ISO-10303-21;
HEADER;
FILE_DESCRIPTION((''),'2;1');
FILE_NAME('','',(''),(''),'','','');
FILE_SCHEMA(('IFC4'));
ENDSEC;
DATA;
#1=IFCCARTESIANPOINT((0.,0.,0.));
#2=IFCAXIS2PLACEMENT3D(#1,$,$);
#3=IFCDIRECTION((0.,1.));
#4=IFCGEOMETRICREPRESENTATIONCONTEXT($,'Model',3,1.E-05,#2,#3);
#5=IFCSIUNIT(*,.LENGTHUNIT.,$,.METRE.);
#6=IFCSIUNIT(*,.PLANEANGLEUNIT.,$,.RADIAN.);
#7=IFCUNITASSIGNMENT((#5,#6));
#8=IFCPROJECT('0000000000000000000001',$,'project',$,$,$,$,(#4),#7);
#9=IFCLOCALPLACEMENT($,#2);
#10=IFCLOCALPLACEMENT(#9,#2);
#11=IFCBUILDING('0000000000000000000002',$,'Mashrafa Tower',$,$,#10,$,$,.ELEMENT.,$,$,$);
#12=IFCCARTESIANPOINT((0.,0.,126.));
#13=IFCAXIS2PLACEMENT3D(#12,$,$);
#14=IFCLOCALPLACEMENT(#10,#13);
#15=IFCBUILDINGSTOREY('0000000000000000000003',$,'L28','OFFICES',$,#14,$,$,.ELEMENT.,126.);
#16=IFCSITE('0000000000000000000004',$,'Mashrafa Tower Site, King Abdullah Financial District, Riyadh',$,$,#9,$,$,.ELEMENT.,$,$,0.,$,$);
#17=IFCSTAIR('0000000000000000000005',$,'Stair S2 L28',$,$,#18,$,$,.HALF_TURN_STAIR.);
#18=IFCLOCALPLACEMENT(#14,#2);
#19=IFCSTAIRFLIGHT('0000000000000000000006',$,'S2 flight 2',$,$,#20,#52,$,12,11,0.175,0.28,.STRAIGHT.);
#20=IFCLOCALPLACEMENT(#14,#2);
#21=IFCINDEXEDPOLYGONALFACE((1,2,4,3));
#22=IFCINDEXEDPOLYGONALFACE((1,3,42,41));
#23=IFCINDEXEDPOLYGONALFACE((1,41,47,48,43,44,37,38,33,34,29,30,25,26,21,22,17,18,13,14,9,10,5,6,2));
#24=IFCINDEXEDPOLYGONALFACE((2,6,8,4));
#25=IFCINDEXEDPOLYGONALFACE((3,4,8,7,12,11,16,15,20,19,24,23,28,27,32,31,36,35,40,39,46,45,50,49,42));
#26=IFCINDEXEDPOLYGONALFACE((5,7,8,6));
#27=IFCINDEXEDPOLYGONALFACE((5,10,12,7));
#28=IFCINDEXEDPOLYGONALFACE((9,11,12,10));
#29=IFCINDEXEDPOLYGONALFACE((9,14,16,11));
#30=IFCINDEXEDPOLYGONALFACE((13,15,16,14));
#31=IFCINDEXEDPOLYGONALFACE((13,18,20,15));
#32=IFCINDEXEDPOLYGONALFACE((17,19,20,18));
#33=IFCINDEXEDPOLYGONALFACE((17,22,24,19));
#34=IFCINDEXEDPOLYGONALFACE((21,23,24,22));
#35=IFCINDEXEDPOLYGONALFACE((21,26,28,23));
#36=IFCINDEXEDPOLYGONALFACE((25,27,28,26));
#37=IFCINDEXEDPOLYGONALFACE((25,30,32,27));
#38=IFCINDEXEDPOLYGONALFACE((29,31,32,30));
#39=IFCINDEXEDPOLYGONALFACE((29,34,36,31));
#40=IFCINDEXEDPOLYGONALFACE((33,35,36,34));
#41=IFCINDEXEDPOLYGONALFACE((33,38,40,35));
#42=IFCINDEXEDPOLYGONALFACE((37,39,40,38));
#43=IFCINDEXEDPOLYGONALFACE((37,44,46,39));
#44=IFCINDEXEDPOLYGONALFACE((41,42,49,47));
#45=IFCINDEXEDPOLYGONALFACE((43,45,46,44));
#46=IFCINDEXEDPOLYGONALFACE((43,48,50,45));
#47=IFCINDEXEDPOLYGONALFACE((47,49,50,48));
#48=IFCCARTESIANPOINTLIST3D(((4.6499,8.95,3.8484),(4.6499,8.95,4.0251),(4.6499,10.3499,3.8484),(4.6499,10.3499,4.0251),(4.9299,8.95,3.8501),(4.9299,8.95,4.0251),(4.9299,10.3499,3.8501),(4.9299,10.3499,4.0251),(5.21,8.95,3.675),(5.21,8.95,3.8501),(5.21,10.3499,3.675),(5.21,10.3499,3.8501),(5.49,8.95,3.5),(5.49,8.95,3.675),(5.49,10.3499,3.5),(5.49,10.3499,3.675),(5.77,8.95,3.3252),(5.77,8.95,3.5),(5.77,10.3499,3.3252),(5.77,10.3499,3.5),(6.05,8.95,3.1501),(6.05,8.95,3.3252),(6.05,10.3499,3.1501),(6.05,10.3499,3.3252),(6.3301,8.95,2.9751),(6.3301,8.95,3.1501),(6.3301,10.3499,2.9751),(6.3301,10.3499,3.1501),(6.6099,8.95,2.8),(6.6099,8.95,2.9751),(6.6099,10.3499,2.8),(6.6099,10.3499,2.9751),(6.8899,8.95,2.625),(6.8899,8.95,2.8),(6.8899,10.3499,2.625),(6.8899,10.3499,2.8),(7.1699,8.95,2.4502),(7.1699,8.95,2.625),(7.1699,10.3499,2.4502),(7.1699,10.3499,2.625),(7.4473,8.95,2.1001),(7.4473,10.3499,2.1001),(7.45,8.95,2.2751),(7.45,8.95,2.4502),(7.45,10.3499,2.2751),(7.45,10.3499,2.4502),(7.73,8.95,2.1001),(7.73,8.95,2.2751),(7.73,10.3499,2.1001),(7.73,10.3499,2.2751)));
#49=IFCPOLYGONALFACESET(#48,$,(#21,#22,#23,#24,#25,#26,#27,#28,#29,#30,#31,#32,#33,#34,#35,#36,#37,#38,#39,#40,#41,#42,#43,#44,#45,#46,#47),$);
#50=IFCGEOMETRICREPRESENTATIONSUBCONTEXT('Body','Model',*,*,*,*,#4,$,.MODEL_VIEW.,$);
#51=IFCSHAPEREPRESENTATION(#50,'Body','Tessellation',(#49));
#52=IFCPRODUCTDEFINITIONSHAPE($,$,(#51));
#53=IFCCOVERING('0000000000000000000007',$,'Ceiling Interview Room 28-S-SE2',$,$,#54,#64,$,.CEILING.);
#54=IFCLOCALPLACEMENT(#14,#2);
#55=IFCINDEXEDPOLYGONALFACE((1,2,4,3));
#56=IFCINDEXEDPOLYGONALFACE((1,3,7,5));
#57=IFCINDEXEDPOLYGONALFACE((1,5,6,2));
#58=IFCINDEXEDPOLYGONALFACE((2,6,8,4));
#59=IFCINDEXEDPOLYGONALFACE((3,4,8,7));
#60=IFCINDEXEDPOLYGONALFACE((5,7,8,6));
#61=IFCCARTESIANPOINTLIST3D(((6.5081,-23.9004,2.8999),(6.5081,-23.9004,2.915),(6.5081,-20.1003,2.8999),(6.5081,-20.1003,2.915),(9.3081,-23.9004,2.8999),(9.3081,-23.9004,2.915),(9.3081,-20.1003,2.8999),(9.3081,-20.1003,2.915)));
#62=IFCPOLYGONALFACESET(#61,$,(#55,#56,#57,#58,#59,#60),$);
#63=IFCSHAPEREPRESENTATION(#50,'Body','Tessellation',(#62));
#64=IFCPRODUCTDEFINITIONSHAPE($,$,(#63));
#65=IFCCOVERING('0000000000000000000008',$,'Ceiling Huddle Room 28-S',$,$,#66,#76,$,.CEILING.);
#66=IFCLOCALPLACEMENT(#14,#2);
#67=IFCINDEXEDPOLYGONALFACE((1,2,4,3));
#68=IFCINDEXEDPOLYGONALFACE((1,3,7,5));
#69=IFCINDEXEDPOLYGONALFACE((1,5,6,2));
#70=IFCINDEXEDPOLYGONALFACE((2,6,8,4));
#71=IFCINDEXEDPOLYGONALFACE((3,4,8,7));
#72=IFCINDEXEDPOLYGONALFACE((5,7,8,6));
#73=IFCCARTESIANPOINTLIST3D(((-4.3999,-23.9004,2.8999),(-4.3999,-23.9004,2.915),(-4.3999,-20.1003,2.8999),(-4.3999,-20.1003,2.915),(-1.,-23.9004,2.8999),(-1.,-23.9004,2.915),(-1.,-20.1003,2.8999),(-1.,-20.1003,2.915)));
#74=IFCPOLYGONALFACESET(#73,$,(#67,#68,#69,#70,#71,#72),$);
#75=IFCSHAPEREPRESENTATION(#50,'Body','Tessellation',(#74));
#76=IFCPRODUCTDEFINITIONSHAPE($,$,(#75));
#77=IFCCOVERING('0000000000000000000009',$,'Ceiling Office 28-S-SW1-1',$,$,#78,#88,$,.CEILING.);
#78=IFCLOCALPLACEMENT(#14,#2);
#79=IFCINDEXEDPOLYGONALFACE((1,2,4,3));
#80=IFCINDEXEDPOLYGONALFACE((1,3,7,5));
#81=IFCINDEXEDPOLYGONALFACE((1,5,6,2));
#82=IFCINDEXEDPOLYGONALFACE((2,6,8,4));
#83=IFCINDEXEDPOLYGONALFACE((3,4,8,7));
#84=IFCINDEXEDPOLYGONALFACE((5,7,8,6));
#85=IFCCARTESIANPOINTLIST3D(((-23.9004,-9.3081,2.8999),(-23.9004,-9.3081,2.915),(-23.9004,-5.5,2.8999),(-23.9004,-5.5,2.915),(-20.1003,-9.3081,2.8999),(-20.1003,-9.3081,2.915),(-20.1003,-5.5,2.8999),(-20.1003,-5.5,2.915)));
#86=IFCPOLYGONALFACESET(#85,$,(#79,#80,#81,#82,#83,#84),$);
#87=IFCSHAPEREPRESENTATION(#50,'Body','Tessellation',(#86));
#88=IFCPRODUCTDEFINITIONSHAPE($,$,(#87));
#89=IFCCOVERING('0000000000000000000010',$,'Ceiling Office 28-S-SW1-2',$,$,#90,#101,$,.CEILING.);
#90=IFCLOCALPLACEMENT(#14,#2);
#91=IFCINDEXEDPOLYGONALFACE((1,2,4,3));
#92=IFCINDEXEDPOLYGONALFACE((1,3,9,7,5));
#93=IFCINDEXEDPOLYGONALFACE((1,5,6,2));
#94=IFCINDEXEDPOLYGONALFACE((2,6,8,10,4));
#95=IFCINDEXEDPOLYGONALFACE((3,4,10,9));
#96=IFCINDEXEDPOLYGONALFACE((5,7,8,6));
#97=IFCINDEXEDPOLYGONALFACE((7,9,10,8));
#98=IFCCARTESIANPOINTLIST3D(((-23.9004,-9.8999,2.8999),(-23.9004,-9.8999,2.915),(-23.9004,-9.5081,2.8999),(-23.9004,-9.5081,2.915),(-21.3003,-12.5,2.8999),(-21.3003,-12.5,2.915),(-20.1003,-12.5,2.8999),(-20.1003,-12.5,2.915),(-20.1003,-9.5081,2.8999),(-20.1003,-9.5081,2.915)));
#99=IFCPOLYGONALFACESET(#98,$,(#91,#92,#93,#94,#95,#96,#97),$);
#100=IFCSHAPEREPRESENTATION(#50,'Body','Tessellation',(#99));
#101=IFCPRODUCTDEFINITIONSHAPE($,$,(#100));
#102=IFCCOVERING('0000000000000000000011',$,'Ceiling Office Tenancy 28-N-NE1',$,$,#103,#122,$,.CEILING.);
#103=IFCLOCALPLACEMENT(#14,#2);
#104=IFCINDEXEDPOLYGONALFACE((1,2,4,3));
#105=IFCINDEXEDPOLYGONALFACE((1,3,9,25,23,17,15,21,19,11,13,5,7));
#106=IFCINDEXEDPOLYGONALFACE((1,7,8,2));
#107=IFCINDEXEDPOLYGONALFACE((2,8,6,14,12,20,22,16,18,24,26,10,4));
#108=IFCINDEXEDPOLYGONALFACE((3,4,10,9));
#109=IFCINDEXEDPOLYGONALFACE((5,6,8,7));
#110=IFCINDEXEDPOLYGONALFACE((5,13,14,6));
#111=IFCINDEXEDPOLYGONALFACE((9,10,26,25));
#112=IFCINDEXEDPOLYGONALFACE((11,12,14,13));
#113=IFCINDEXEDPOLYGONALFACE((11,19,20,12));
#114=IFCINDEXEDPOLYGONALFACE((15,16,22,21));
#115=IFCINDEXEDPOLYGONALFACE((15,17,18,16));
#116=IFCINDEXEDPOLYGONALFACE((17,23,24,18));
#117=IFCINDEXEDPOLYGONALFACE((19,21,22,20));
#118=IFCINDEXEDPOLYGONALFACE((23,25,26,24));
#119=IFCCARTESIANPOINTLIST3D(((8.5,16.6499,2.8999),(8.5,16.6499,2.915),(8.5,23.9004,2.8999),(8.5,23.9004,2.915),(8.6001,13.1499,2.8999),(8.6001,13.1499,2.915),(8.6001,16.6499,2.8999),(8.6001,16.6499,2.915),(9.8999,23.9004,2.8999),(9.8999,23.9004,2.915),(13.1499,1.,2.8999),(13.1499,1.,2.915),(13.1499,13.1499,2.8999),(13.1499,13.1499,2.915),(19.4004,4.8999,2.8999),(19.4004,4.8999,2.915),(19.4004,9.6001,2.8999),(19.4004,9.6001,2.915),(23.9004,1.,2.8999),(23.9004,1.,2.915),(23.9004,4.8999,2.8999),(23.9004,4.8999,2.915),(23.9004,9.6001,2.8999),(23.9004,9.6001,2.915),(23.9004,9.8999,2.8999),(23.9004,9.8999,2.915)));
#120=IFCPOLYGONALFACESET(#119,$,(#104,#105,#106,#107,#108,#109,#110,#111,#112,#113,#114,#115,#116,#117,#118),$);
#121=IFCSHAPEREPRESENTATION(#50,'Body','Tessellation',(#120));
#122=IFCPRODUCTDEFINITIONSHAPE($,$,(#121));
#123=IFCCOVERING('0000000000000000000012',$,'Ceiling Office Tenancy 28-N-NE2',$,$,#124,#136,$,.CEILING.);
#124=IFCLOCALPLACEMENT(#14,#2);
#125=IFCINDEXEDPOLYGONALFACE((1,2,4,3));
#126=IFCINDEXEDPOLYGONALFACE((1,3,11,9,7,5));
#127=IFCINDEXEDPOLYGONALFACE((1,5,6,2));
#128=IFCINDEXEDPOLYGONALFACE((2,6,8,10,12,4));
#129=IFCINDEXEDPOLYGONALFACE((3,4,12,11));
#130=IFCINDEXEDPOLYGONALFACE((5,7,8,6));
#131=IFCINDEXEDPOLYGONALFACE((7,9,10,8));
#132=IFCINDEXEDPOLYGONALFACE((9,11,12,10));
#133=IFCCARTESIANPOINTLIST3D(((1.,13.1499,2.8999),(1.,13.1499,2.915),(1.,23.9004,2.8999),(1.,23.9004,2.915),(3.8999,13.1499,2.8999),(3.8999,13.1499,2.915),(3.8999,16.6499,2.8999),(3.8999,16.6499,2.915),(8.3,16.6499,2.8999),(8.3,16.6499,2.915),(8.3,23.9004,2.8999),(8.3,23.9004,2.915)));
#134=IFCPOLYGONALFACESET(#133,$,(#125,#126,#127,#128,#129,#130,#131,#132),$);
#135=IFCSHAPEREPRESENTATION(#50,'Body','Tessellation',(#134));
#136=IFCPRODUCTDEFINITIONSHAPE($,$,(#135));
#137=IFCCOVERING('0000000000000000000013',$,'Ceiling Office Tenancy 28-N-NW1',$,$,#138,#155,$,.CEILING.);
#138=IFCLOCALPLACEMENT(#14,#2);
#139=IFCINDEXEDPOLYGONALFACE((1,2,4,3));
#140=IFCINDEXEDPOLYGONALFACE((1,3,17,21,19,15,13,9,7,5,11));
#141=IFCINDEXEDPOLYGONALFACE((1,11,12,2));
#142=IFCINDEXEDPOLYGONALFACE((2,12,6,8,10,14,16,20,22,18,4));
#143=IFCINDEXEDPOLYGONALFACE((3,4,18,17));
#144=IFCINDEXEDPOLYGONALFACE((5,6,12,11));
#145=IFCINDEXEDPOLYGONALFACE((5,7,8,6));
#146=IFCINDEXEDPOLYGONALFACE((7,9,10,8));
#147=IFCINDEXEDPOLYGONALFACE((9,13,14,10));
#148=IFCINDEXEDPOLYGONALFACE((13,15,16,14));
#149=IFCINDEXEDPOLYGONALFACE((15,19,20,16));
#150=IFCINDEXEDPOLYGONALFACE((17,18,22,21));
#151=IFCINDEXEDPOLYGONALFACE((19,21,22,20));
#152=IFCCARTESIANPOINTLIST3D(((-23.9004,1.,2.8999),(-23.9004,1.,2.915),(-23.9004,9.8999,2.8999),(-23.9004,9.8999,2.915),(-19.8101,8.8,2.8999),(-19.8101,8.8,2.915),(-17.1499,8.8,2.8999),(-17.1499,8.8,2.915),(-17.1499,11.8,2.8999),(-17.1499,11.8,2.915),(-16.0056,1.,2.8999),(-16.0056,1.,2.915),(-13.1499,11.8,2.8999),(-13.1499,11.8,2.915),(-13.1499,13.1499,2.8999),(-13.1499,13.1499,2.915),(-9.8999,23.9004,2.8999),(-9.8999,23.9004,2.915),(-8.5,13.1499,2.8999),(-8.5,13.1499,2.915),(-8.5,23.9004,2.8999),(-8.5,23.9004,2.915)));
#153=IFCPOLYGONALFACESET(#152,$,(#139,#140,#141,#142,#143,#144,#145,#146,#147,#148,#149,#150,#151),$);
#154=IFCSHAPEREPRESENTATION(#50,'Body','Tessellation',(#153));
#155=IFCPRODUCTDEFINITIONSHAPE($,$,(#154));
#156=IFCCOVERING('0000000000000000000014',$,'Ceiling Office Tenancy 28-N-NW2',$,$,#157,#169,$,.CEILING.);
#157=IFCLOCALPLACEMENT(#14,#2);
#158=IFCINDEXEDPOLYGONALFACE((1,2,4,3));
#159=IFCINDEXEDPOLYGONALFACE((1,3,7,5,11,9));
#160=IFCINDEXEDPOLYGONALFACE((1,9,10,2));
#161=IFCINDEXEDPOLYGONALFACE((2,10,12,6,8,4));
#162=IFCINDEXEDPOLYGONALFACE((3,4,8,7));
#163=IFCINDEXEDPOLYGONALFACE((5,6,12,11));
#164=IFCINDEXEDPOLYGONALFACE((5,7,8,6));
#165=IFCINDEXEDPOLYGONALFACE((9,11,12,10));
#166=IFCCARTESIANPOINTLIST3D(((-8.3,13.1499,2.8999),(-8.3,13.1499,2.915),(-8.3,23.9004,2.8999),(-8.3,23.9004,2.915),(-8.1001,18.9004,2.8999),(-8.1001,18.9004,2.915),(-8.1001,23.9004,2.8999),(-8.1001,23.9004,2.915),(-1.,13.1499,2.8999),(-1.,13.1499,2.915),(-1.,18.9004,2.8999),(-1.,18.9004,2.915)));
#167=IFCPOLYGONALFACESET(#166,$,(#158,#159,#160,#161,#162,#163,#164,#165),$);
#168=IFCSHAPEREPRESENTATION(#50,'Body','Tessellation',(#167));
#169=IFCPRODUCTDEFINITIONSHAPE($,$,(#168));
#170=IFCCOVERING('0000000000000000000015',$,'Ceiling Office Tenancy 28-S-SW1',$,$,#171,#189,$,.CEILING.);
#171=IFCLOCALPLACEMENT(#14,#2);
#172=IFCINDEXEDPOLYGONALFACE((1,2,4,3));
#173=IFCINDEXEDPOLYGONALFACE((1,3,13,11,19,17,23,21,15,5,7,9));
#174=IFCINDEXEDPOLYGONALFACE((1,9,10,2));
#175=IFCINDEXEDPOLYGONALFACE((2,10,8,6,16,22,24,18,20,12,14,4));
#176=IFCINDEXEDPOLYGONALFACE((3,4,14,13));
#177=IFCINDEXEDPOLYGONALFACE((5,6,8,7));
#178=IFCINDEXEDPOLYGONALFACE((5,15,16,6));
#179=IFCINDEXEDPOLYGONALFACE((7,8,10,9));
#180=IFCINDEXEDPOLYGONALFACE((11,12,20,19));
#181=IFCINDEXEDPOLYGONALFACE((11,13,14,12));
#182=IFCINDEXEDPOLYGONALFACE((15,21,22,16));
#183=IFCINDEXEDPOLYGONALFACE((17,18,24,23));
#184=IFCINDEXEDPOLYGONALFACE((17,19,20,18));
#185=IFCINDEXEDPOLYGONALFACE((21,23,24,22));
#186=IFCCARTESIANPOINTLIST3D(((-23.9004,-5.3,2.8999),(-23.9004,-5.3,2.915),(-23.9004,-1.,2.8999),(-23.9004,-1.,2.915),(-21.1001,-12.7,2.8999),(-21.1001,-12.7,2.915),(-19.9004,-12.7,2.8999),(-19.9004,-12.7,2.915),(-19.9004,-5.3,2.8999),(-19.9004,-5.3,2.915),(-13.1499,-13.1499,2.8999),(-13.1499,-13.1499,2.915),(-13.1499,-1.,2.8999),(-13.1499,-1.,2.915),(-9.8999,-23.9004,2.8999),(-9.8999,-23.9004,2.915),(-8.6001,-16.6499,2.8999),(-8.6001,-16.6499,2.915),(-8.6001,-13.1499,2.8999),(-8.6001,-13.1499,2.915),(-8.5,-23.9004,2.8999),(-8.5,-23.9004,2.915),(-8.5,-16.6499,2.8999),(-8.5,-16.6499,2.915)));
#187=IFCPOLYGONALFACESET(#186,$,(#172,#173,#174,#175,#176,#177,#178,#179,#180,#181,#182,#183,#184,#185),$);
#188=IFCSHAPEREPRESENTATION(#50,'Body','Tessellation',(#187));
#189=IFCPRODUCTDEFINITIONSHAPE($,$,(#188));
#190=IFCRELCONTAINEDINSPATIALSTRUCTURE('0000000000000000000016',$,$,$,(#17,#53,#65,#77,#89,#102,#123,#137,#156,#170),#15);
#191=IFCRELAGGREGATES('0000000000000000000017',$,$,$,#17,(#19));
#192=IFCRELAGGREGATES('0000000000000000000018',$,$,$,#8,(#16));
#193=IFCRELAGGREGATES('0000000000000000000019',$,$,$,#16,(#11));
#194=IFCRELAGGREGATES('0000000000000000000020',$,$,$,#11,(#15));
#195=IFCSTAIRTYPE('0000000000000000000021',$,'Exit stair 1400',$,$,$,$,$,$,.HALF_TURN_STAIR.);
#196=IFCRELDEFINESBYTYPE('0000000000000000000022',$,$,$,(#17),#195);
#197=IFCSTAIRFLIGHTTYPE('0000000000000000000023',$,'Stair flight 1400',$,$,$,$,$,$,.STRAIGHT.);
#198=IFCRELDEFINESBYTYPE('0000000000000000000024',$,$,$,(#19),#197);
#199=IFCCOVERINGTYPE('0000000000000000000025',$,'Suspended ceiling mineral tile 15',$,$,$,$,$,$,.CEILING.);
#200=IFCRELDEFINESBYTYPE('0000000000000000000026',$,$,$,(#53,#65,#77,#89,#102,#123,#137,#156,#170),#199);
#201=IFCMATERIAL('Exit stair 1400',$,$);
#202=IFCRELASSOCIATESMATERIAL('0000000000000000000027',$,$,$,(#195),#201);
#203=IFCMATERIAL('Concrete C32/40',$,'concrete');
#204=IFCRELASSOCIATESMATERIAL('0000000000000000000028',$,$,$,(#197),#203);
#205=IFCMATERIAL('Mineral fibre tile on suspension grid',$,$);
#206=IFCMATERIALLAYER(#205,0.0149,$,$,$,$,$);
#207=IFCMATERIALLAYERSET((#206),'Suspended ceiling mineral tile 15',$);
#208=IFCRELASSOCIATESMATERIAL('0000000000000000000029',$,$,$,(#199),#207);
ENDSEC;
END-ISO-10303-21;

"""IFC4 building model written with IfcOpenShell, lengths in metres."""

from ifc_helpers import new_model, si_unit, direction, frame, origin, place, context, subcontext, project, spatial, polyline, outline, extrude, material, layer, layer_set, type_object, element, aggregate, save


model = new_model("IFC4")

# Units and contexts
model_context = context("Model", 3, precision=1e-05, world=origin(), true_north=direction((0.0, 1.0)))
body_context = subcontext(model_context, "Body", "Model", "MODEL_VIEW")
ifc_project = project(units=[si_unit("LENGTHUNIT", "METRE"), si_unit("PLANEANGLEUNIT", "RADIAN")], contexts=[model_context])

# Site, building, storey
site_placement = place(None, origin())
site = spatial("IfcSite", under=ifc_project, at=site_placement, Name="Mashrafa Tower Site, King Abdullah Financial District, Riyadh", CompositionType="ELEMENT", RefElevation=0.0)
building_placement = place(site_placement, origin())
building = spatial("IfcBuilding", under=site, at=building_placement, Name="Mashrafa Tower", CompositionType="ELEMENT")
storey_placement = place(building_placement, frame((0.0, 0.0, 126.0)))
storey = spatial("IfcBuildingStorey", under=building, at=storey_placement, Name="L28", Description="OFFICES", CompositionType="ELEMENT", Elevation=126.0)

# Stair, stair flight
ifc_material_1 = material(Name="Exit stair 1400")
stair_type = type_object("IfcStairType", Name="Exit stair 1400", PredefinedType="HALF_TURN_STAIR", material=ifc_material_1)
stair_placement = place(storey_placement, origin())
stair = element("IfcStair", 1, at=stair_placement, inside=storey, type_object=stair_type, Name="Stair S2 L28", PredefinedType="HALF_TURN_STAIR")
ifc_material_2 = material(Name="Concrete C32/40", Category="concrete")
stair_flight_type = type_object("IfcStairFlightType", Name="Stair flight 1400", PredefinedType="STRAIGHT", material=ifc_material_2)
stair_flight_1_placement = place(storey_placement, frame((7.73, 9.6499, 2.1001), z_axis=(0.0, 0.0, 1.0), x_axis=(-1.0, 0.0, 0.0)))
stair_flight_1 = element("IfcStairFlight", 2, at=stair_flight_1_placement, type_object=stair_flight_type, Name="S2 flight 2", NumberOfRisers=12, NumberOfTreads=11, PredefinedType="STRAIGHT", RiserHeight=0.175, TreadLength=0.28, context=body_context, shape_type="SweptSolid", body=[
    extrude(outline(polyline([(0.0, 0.0), (0.0, 0.175), (0.28, 0.175), (0.28, 0.3501), (0.5601, 0.3501), (0.5601, 0.5249), (0.8401, 0.5249), (0.8401, 0.7), (1.1201, 0.7), (1.1201, 0.875), (1.3999, 0.875), (1.3999, 1.05), (1.6799, 1.05), (1.6799, 1.2251), (1.96, 1.2251), (1.96, 1.3999), (2.24, 1.3999), (2.24, 1.575), (2.52, 1.575), (2.52, 1.75), (2.8, 1.75), (2.8, 1.925), (3.0801, 1.925), (3.0801, 2.1001), (3.0801, 1.7483), (0.2827, 0.0), (0.0, 0.0)])), frame((0.0, 0.7, 0.0), z_axis=(0.0, -1.0, 0.0), x_axis=(1.0, 0.0, 0.0)), (0.0, 0.0, 1.0), 1.3999),
])
aggregate(stair, [stair_flight_1])

# Coverings
ifc_material_3 = material(Name="Mineral fibre tile on suspension grid")
ifc_layer_1 = layer(ifc_material_3, 0.0149)
ifc_layer_set_1 = layer_set([ifc_layer_1], Name="Suspended ceiling mineral tile 15")
covering_type = type_object("IfcCoveringType", Name="Suspended ceiling mineral tile 15", PredefinedType="CEILING", material=ifc_layer_set_1)
covering_1_placement = place(storey_placement, frame((0.0, 0.0, 2.8999)))
element("IfcCovering", 3, at=covering_1_placement, inside=storey, type_object=covering_type, Name="Ceiling Interview Room 28-S-SE2", PredefinedType="CEILING", context=body_context, shape_type="SweptSolid", body=[
    extrude(outline(polyline([(6.5081, -20.1003), (9.3081, -20.1003), (9.3081, -23.9004), (6.5081, -23.9004), (6.5081, -20.1003)])), origin(), (0.0, 0.0, 1.0), 0.0151),
])
covering_2_placement = place(storey_placement, frame((0.0, 0.0, 2.8999)))
element("IfcCovering", 4, at=covering_2_placement, inside=storey, type_object=covering_type, Name="Ceiling Huddle Room 28-S", PredefinedType="CEILING", context=body_context, shape_type="SweptSolid", body=[
    extrude(outline(polyline([(-4.3999, -20.1003), (-1.0, -20.1003), (-1.0, -23.9004), (-4.3999, -23.9004), (-4.3999, -20.1003)])), origin(), (0.0, 0.0, 1.0), 0.0151),
])
covering_3_placement = place(storey_placement, frame((0.0, 0.0, 2.8999)))
element("IfcCovering", 5, at=covering_3_placement, inside=storey, type_object=covering_type, Name="Ceiling Office 28-S-SW1-1", PredefinedType="CEILING", context=body_context, shape_type="SweptSolid", body=[
    extrude(outline(polyline([(-20.1003, -5.5), (-20.1003, -9.3081), (-23.9004, -9.3081), (-23.9004, -5.5), (-20.1003, -5.5)])), origin(), (0.0, 0.0, 1.0), 0.0151),
])
covering_4_placement = place(storey_placement, frame((0.0, 0.0, 2.8999)))
element("IfcCovering", 6, at=covering_4_placement, inside=storey, type_object=covering_type, Name="Ceiling Office 28-S-SW1-2", PredefinedType="CEILING", context=body_context, shape_type="SweptSolid", body=[
    extrude(outline(polyline([(-20.1003, -9.5081), (-20.1003, -12.5), (-21.3003, -12.5), (-23.9004, -9.8999), (-23.9004, -9.5081), (-20.1003, -9.5081)])), origin(), (0.0, 0.0, 1.0), 0.0151),
])
covering_5_placement = place(storey_placement, frame((0.0, 0.0, 2.8999)))
element("IfcCovering", 7, at=covering_5_placement, inside=storey, type_object=covering_type, Name="Ceiling Office Tenancy 28-N-NE1", PredefinedType="CEILING", context=body_context, shape_type="SweptSolid", body=[
    extrude(outline(polyline([(8.5, 16.6499), (8.5, 23.9004), (9.8999, 23.9004), (23.9004, 9.8999), (23.9004, 9.6001), (19.4004, 9.6001), (19.4004, 4.8999), (23.9004, 4.8999), (23.9004, 1.0), (13.1499, 1.0), (13.1499, 13.1499), (8.6001, 13.1499), (8.6001, 16.6499), (8.5, 16.6499)])), origin(), (0.0, 0.0, 1.0), 0.0151),
])
covering_6_placement = place(storey_placement, frame((0.0, 0.0, 2.8999)))
element("IfcCovering", 8, at=covering_6_placement, inside=storey, type_object=covering_type, Name="Ceiling Office Tenancy 28-N-NE2", PredefinedType="CEILING", context=body_context, shape_type="SweptSolid", body=[
    extrude(outline(polyline([(1.0, 23.9004), (8.3, 23.9004), (8.3, 16.6499), (3.8999, 16.6499), (3.8999, 13.1499), (1.0, 13.1499), (1.0, 23.9004)])), origin(), (0.0, 0.0, 1.0), 0.0151),
])
covering_7_placement = place(storey_placement, frame((0.0, 0.0, 2.8999)))
element("IfcCovering", 9, at=covering_7_placement, inside=storey, type_object=covering_type, Name="Ceiling Office Tenancy 28-N-NW1", PredefinedType="CEILING", context=body_context, shape_type="SweptSolid", body=[
    extrude(outline(polyline([(-23.9004, 1.0), (-23.9004, 9.8999), (-9.8999, 23.9004), (-8.5, 23.9004), (-8.5, 13.1499), (-13.1499, 13.1499), (-13.1499, 11.8), (-17.1499, 11.8), (-17.1499, 8.8), (-19.8101, 8.8), (-16.0056, 1.0), (-23.9004, 1.0)])), origin(), (0.0, 0.0, 1.0), 0.0151),
])
covering_8_placement = place(storey_placement, frame((0.0, 0.0, 2.8999)))
element("IfcCovering", 10, at=covering_8_placement, inside=storey, type_object=covering_type, Name="Ceiling Office Tenancy 28-N-NW2", PredefinedType="CEILING", context=body_context, shape_type="SweptSolid", body=[
    extrude(outline(polyline([(-8.3, 13.1499), (-8.3, 23.9004), (-8.1001, 23.9004), (-8.1001, 18.9004), (-1.0, 18.9004), (-1.0, 13.1499), (-8.3, 13.1499)])), origin(), (0.0, 0.0, 1.0), 0.0151),
])
covering_9_placement = place(storey_placement, frame((0.0, 0.0, 2.8999)))
element("IfcCovering", 11, at=covering_9_placement, inside=storey, type_object=covering_type, Name="Ceiling Office Tenancy 28-S-SW1", PredefinedType="CEILING", context=body_context, shape_type="SweptSolid", body=[
    extrude(outline(polyline([(-8.5, -23.9004), (-9.8999, -23.9004), (-21.1001, -12.7), (-19.9004, -12.7), (-19.9004, -5.3), (-23.9004, -5.3), (-23.9004, -1.0), (-13.1499, -1.0), (-13.1499, -13.1499), (-8.6001, -13.1499), (-8.6001, -16.6499), (-8.5, -16.6499), (-8.5, -23.9004)])), origin(), (0.0, 0.0, 1.0), 0.0151),
])

save(model, "model.ifc")
